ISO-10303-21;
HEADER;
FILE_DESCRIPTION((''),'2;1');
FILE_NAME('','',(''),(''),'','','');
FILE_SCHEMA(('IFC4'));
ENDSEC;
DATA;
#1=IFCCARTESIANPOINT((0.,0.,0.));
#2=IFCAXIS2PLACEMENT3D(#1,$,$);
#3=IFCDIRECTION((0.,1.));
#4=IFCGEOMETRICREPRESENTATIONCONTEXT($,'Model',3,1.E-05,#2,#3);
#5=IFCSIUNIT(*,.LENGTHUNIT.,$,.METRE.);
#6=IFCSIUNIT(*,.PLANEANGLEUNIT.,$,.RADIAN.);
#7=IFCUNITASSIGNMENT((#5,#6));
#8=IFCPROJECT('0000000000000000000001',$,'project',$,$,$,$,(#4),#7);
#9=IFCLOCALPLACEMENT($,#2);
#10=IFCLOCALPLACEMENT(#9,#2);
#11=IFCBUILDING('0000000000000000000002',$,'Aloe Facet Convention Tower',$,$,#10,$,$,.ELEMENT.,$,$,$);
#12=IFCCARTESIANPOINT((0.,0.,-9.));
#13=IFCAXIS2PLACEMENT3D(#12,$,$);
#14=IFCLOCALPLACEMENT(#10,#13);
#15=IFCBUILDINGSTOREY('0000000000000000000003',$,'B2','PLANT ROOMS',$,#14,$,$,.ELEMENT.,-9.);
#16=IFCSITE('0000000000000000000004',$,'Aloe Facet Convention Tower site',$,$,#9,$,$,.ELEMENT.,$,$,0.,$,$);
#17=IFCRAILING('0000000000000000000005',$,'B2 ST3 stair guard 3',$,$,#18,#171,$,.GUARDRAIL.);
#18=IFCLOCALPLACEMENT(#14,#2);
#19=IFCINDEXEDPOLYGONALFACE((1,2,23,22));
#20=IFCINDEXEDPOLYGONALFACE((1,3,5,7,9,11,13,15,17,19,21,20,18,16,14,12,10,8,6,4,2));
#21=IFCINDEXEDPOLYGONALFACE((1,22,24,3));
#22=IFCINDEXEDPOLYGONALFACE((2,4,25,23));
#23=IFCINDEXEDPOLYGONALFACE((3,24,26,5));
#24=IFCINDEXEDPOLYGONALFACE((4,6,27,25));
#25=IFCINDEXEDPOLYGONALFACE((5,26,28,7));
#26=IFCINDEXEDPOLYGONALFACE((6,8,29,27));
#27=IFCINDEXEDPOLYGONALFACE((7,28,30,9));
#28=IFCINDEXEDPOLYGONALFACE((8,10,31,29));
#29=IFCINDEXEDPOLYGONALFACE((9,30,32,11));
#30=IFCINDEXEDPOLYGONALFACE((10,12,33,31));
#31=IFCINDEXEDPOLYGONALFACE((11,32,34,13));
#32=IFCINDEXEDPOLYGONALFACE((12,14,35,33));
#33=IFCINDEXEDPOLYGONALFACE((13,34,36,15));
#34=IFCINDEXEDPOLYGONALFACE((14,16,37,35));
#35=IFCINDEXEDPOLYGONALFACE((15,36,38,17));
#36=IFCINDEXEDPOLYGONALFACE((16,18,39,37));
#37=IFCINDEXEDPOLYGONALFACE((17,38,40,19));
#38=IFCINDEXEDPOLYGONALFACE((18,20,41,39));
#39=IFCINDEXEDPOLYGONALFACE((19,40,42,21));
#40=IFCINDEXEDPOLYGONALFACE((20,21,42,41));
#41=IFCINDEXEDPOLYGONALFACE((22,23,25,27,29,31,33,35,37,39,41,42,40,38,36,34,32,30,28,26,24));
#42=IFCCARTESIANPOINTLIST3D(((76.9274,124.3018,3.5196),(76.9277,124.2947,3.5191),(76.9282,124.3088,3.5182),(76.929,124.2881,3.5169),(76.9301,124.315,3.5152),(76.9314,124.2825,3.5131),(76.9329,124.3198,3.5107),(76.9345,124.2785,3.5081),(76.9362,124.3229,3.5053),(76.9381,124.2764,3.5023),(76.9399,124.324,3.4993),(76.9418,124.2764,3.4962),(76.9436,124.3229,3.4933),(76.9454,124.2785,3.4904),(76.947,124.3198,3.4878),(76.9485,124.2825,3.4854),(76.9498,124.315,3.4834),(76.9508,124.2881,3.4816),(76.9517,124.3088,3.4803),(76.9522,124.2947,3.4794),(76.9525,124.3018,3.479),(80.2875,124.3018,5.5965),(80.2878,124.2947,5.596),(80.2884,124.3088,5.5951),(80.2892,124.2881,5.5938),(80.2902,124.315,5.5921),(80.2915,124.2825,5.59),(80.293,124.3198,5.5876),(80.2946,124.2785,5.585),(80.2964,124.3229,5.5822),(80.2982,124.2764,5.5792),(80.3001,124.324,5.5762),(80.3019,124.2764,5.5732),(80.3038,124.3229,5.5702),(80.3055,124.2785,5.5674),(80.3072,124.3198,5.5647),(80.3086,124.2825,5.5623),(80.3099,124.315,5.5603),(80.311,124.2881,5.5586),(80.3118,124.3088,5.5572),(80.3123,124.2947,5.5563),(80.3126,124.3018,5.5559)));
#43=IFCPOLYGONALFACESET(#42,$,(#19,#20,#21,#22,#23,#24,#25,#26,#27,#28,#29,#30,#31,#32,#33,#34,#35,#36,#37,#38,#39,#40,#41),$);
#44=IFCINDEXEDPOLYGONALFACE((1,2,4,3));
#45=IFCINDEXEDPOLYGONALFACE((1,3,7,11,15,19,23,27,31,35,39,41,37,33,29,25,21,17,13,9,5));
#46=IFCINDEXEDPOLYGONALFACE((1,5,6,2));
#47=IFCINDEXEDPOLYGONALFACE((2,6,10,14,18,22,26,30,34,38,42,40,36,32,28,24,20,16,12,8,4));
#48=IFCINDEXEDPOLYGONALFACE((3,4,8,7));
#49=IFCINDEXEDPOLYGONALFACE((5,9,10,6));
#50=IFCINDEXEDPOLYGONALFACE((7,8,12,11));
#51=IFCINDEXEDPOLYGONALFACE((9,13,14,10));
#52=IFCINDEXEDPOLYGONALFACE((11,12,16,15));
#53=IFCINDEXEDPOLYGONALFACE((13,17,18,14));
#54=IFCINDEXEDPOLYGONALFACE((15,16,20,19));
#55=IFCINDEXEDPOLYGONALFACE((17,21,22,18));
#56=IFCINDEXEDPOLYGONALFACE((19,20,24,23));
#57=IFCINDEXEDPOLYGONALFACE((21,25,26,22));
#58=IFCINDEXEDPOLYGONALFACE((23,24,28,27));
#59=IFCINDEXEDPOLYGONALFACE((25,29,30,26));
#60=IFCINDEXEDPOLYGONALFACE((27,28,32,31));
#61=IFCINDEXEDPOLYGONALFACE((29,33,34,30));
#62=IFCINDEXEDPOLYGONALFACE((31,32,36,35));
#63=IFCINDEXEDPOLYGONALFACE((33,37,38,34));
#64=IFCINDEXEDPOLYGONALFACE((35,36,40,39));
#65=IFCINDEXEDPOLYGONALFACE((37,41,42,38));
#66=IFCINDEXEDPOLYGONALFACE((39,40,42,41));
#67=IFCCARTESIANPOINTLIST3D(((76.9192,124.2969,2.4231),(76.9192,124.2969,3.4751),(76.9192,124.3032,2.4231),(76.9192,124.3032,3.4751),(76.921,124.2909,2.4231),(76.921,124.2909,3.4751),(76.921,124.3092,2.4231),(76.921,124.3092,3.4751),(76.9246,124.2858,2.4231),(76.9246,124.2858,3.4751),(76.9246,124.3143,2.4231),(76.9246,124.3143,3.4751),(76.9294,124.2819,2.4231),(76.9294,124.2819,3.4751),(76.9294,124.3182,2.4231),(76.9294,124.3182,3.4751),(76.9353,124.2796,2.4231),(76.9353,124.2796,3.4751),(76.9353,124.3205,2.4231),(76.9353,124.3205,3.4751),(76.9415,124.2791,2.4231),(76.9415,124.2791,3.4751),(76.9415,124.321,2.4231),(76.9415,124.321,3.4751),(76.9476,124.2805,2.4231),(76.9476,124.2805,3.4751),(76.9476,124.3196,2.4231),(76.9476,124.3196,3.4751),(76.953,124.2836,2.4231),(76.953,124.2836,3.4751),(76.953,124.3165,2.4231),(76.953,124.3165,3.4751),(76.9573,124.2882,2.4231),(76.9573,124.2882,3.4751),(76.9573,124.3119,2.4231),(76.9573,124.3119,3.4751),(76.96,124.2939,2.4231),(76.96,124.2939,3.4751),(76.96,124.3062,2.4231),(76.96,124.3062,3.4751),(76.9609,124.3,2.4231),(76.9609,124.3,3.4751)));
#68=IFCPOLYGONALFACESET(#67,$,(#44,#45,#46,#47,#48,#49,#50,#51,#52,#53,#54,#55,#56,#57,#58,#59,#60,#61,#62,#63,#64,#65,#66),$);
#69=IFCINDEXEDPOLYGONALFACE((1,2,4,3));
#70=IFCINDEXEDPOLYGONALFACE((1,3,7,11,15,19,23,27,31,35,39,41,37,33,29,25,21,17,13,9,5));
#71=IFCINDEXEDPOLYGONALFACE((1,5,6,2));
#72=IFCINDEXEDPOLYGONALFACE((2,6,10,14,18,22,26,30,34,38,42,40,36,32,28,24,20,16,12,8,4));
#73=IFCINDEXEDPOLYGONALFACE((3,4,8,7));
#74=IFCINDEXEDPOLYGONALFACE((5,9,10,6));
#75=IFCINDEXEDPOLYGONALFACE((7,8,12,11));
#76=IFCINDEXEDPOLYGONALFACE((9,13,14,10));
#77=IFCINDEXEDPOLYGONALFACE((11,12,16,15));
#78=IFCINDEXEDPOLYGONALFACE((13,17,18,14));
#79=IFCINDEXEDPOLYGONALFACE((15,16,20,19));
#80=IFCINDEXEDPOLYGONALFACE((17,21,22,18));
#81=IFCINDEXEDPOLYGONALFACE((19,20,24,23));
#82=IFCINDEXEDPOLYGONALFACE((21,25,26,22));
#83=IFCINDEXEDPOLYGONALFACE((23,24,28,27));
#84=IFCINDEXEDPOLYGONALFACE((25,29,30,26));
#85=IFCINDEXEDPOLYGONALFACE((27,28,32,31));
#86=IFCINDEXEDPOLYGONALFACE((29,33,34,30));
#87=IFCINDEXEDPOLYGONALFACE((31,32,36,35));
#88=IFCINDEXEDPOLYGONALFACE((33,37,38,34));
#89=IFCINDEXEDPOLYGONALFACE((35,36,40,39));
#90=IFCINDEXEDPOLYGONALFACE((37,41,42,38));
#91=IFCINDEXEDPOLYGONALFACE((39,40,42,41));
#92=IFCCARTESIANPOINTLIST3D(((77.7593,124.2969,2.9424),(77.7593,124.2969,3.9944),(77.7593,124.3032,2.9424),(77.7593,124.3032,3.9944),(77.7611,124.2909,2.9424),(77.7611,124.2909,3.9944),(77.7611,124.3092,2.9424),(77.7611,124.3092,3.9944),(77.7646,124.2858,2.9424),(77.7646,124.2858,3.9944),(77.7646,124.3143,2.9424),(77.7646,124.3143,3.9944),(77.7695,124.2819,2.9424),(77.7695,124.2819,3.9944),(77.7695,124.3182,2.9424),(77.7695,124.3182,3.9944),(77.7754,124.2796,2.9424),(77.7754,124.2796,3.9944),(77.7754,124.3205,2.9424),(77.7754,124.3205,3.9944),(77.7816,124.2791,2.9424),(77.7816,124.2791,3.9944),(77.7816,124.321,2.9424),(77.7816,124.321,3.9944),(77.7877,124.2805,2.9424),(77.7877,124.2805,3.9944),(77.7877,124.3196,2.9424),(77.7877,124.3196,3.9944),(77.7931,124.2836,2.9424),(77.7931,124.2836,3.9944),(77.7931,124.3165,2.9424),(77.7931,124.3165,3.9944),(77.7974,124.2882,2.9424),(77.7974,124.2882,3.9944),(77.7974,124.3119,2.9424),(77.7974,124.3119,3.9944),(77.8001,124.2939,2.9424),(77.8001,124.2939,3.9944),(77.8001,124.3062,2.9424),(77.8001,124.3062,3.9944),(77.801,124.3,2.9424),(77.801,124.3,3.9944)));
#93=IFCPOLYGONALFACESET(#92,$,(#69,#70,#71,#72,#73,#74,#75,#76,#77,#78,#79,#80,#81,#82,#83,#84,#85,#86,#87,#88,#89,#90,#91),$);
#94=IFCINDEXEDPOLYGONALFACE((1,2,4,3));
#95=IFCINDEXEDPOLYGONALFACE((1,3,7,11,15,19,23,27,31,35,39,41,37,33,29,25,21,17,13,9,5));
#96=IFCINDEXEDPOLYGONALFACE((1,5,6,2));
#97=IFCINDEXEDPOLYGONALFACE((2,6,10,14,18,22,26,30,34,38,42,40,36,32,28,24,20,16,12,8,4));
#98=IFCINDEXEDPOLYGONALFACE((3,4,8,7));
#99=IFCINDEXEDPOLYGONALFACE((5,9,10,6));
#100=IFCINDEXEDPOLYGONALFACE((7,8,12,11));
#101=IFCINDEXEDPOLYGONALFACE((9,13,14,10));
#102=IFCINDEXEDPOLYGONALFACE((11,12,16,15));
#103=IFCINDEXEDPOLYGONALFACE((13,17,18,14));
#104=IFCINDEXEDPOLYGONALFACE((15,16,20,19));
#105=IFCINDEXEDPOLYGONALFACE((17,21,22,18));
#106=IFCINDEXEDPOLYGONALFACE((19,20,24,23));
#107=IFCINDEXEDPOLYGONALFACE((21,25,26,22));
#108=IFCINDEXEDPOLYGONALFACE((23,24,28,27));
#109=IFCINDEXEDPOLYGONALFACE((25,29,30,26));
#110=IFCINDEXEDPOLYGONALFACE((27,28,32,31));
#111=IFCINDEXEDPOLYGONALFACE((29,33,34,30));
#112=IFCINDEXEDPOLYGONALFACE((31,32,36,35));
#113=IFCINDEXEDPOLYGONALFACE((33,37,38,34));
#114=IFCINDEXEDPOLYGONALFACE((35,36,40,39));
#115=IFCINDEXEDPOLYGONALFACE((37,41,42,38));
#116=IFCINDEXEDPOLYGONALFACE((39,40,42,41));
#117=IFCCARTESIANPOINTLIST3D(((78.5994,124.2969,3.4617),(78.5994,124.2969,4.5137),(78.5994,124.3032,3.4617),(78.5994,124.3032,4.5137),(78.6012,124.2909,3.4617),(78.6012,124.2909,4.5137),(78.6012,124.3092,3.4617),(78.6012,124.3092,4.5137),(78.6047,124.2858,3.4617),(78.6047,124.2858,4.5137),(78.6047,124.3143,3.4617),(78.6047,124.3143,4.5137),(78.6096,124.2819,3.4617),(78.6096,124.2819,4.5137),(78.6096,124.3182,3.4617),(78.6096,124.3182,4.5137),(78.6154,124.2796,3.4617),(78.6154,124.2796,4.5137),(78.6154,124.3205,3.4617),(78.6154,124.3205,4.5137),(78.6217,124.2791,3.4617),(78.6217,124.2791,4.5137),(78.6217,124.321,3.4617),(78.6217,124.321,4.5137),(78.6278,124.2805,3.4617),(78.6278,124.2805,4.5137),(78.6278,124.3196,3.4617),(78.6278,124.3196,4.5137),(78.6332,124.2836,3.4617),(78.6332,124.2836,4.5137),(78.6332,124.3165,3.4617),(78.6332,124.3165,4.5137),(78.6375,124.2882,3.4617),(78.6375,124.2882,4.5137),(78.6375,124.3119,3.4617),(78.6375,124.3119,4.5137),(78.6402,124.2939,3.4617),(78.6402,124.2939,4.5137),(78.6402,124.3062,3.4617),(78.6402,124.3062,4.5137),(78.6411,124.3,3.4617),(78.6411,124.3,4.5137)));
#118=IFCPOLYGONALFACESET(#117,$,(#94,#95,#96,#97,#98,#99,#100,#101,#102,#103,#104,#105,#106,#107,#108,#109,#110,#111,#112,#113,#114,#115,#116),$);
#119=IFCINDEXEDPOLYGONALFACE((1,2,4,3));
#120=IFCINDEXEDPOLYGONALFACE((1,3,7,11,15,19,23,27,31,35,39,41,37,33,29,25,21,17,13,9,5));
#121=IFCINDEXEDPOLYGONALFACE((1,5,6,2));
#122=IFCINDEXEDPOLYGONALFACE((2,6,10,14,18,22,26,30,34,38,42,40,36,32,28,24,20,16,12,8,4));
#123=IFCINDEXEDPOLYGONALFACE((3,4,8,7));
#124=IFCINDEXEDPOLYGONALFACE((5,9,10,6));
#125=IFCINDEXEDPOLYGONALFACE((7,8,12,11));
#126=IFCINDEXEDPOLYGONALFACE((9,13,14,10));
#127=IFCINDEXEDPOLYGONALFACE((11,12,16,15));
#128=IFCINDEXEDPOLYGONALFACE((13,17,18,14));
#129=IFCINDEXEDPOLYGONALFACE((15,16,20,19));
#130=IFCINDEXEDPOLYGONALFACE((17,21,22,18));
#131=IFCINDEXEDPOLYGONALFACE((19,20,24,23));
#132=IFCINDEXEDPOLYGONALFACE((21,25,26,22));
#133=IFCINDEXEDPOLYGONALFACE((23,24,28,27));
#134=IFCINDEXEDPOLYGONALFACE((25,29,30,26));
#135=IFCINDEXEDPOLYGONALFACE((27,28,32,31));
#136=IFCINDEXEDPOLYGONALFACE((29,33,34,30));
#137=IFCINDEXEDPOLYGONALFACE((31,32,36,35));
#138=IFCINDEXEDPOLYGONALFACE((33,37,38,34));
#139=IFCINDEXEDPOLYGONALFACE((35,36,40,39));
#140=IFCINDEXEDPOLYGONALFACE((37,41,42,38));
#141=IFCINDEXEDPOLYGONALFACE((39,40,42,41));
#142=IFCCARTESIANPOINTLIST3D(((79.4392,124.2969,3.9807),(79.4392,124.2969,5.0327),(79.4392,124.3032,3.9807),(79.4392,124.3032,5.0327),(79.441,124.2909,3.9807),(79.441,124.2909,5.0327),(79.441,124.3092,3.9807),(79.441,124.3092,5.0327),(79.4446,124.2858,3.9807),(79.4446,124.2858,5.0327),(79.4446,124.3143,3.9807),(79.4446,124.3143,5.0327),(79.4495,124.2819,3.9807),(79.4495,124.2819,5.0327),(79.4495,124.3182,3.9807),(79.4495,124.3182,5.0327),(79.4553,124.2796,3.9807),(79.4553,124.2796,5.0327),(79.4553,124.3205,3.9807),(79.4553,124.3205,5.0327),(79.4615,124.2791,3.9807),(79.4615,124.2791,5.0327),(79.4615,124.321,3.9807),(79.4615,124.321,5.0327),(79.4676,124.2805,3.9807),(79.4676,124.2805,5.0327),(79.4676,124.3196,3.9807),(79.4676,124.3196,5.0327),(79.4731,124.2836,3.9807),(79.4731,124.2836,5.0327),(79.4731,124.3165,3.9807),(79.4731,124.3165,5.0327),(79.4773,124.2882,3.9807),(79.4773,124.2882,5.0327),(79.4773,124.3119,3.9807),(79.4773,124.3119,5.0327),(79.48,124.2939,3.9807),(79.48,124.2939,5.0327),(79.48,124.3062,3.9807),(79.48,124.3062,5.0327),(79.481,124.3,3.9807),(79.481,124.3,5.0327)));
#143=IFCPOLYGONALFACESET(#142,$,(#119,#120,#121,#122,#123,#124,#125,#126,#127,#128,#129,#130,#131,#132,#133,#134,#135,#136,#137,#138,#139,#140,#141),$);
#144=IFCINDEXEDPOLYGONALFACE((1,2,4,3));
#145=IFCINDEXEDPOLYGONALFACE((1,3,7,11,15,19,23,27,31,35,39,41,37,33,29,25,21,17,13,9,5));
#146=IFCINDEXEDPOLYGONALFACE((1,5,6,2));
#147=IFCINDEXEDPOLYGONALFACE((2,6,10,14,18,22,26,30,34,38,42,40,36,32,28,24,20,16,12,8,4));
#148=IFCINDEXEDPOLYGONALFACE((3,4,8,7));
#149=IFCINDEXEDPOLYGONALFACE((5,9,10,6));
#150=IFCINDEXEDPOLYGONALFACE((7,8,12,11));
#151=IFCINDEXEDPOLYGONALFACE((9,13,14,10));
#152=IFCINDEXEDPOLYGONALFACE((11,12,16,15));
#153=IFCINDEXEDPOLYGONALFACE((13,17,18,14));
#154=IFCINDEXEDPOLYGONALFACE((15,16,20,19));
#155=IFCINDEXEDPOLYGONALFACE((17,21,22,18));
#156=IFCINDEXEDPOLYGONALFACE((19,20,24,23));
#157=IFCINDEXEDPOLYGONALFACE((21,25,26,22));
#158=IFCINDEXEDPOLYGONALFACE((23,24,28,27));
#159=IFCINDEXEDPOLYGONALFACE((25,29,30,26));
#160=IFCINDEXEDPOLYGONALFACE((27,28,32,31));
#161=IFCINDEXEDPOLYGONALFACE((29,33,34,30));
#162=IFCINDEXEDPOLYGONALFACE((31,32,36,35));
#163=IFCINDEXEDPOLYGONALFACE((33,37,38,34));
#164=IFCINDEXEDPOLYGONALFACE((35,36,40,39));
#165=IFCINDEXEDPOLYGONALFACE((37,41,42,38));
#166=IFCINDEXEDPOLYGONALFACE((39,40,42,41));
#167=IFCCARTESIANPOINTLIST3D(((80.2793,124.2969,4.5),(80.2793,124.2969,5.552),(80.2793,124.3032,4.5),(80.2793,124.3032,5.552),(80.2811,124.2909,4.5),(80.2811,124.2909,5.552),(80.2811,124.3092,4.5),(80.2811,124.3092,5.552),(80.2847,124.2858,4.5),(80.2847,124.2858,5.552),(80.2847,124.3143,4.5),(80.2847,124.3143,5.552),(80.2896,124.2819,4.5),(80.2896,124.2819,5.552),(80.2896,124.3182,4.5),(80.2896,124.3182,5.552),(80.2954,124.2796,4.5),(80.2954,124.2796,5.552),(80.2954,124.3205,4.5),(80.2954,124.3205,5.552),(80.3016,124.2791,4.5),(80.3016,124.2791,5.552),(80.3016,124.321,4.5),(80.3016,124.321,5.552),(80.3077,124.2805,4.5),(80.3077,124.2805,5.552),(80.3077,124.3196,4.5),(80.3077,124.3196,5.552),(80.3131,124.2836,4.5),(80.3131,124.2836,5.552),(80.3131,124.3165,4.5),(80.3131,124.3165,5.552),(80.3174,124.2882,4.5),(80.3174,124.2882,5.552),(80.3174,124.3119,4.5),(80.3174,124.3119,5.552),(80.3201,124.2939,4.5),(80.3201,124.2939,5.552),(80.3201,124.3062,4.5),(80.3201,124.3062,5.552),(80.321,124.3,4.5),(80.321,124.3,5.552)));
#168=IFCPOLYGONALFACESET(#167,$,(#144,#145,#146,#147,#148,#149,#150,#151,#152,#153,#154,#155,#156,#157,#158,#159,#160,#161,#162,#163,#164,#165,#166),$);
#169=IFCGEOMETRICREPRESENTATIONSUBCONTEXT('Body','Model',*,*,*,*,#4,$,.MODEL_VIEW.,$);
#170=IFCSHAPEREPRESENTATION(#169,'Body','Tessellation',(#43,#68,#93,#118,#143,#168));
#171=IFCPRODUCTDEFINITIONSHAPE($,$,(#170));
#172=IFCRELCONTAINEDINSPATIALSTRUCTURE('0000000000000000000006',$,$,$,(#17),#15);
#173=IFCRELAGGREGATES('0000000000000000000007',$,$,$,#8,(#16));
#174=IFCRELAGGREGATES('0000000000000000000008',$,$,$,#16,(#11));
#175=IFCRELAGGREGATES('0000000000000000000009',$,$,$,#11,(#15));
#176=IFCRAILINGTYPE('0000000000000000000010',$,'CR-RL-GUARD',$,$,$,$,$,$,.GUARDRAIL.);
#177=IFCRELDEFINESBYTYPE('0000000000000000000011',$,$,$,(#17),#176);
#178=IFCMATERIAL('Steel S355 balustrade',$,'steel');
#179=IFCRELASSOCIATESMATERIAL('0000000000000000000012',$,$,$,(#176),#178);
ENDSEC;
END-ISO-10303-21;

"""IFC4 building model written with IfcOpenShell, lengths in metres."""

from ifc_helpers import new_model, si_unit, direction, frame, origin, origin_2d, place, context, subcontext, project, spatial, circle, extrude, material, type_object, element, save


model = new_model("IFC4")

# Units and contexts
model_context = context("Model", 3, precision=1e-05, world=origin(), true_north=direction((0.0, 1.0)))
body_context = subcontext(model_context, "Body", "Model", "MODEL_VIEW")
ifc_project = project(units=[si_unit("LENGTHUNIT", "METRE"), si_unit("PLANEANGLEUNIT", "RADIAN")], contexts=[model_context])

# Site, building, storey
site_placement = place(None, origin())
site = spatial("IfcSite", under=ifc_project, at=site_placement, Name="Aloe Facet Convention Tower site", CompositionType="ELEMENT", RefElevation=0.0)
building_placement = place(site_placement, origin())
building = spatial("IfcBuilding", under=site, at=building_placement, Name="Aloe Facet Convention Tower", CompositionType="ELEMENT")
storey_placement = place(building_placement, frame((0.0, 0.0, -9.0)))
storey = spatial("IfcBuildingStorey", under=building, at=storey_placement, Name="B2", Description="PLANT ROOMS", CompositionType="ELEMENT", Elevation=-9.0)

# Railing
ifc_material_1 = material(Name="Steel S355 balustrade", Category="steel")
railing_type_1 = type_object("IfcRailingType", Name="CR-RL-GUARD", PredefinedType="GUARDRAIL", material=ifc_material_1)
railing_1_placement = place(storey_placement, frame((76.9399, 124.3, 2.4231)))
element("IfcRailing", 1, at=railing_1_placement, inside=storey, type_object=railing_type_1, Name="B2 ST3 stair guard 3", PredefinedType="GUARDRAIL", context=body_context, shape_type="SweptSolid", body=[
    extrude(circle(Radius=0.0239, at=origin_2d()), frame((0.0, 0.0, 1.0762), z_axis=(0.850623, 0.0, 0.525776), x_axis=(0.0, 1.0, 0.0)), (0.0, 0.0, 1.0), 3.9502),
    extrude(circle(Radius=0.021, at=origin_2d()), origin(), (0.0, 0.0, 1.0), 1.052),
    extrude(circle(Radius=0.021, at=origin_2d()), frame((0.8401, 0.0, 0.5193)), (0.0, 0.0, 1.0), 1.052),
    extrude(circle(Radius=0.021, at=origin_2d()), frame((1.6802, 0.0, 1.0386)), (0.0, 0.0, 1.0), 1.052),
    extrude(circle(Radius=0.021, at=origin_2d()), frame((2.52, 0.0, 1.5576)), (0.0, 0.0, 1.0), 1.052),
    extrude(circle(Radius=0.021, at=origin_2d()), frame((3.3601, 0.0, 2.0769)), (0.0, 0.0, 1.0), 1.052),
])

save(model, "model.ifc")
